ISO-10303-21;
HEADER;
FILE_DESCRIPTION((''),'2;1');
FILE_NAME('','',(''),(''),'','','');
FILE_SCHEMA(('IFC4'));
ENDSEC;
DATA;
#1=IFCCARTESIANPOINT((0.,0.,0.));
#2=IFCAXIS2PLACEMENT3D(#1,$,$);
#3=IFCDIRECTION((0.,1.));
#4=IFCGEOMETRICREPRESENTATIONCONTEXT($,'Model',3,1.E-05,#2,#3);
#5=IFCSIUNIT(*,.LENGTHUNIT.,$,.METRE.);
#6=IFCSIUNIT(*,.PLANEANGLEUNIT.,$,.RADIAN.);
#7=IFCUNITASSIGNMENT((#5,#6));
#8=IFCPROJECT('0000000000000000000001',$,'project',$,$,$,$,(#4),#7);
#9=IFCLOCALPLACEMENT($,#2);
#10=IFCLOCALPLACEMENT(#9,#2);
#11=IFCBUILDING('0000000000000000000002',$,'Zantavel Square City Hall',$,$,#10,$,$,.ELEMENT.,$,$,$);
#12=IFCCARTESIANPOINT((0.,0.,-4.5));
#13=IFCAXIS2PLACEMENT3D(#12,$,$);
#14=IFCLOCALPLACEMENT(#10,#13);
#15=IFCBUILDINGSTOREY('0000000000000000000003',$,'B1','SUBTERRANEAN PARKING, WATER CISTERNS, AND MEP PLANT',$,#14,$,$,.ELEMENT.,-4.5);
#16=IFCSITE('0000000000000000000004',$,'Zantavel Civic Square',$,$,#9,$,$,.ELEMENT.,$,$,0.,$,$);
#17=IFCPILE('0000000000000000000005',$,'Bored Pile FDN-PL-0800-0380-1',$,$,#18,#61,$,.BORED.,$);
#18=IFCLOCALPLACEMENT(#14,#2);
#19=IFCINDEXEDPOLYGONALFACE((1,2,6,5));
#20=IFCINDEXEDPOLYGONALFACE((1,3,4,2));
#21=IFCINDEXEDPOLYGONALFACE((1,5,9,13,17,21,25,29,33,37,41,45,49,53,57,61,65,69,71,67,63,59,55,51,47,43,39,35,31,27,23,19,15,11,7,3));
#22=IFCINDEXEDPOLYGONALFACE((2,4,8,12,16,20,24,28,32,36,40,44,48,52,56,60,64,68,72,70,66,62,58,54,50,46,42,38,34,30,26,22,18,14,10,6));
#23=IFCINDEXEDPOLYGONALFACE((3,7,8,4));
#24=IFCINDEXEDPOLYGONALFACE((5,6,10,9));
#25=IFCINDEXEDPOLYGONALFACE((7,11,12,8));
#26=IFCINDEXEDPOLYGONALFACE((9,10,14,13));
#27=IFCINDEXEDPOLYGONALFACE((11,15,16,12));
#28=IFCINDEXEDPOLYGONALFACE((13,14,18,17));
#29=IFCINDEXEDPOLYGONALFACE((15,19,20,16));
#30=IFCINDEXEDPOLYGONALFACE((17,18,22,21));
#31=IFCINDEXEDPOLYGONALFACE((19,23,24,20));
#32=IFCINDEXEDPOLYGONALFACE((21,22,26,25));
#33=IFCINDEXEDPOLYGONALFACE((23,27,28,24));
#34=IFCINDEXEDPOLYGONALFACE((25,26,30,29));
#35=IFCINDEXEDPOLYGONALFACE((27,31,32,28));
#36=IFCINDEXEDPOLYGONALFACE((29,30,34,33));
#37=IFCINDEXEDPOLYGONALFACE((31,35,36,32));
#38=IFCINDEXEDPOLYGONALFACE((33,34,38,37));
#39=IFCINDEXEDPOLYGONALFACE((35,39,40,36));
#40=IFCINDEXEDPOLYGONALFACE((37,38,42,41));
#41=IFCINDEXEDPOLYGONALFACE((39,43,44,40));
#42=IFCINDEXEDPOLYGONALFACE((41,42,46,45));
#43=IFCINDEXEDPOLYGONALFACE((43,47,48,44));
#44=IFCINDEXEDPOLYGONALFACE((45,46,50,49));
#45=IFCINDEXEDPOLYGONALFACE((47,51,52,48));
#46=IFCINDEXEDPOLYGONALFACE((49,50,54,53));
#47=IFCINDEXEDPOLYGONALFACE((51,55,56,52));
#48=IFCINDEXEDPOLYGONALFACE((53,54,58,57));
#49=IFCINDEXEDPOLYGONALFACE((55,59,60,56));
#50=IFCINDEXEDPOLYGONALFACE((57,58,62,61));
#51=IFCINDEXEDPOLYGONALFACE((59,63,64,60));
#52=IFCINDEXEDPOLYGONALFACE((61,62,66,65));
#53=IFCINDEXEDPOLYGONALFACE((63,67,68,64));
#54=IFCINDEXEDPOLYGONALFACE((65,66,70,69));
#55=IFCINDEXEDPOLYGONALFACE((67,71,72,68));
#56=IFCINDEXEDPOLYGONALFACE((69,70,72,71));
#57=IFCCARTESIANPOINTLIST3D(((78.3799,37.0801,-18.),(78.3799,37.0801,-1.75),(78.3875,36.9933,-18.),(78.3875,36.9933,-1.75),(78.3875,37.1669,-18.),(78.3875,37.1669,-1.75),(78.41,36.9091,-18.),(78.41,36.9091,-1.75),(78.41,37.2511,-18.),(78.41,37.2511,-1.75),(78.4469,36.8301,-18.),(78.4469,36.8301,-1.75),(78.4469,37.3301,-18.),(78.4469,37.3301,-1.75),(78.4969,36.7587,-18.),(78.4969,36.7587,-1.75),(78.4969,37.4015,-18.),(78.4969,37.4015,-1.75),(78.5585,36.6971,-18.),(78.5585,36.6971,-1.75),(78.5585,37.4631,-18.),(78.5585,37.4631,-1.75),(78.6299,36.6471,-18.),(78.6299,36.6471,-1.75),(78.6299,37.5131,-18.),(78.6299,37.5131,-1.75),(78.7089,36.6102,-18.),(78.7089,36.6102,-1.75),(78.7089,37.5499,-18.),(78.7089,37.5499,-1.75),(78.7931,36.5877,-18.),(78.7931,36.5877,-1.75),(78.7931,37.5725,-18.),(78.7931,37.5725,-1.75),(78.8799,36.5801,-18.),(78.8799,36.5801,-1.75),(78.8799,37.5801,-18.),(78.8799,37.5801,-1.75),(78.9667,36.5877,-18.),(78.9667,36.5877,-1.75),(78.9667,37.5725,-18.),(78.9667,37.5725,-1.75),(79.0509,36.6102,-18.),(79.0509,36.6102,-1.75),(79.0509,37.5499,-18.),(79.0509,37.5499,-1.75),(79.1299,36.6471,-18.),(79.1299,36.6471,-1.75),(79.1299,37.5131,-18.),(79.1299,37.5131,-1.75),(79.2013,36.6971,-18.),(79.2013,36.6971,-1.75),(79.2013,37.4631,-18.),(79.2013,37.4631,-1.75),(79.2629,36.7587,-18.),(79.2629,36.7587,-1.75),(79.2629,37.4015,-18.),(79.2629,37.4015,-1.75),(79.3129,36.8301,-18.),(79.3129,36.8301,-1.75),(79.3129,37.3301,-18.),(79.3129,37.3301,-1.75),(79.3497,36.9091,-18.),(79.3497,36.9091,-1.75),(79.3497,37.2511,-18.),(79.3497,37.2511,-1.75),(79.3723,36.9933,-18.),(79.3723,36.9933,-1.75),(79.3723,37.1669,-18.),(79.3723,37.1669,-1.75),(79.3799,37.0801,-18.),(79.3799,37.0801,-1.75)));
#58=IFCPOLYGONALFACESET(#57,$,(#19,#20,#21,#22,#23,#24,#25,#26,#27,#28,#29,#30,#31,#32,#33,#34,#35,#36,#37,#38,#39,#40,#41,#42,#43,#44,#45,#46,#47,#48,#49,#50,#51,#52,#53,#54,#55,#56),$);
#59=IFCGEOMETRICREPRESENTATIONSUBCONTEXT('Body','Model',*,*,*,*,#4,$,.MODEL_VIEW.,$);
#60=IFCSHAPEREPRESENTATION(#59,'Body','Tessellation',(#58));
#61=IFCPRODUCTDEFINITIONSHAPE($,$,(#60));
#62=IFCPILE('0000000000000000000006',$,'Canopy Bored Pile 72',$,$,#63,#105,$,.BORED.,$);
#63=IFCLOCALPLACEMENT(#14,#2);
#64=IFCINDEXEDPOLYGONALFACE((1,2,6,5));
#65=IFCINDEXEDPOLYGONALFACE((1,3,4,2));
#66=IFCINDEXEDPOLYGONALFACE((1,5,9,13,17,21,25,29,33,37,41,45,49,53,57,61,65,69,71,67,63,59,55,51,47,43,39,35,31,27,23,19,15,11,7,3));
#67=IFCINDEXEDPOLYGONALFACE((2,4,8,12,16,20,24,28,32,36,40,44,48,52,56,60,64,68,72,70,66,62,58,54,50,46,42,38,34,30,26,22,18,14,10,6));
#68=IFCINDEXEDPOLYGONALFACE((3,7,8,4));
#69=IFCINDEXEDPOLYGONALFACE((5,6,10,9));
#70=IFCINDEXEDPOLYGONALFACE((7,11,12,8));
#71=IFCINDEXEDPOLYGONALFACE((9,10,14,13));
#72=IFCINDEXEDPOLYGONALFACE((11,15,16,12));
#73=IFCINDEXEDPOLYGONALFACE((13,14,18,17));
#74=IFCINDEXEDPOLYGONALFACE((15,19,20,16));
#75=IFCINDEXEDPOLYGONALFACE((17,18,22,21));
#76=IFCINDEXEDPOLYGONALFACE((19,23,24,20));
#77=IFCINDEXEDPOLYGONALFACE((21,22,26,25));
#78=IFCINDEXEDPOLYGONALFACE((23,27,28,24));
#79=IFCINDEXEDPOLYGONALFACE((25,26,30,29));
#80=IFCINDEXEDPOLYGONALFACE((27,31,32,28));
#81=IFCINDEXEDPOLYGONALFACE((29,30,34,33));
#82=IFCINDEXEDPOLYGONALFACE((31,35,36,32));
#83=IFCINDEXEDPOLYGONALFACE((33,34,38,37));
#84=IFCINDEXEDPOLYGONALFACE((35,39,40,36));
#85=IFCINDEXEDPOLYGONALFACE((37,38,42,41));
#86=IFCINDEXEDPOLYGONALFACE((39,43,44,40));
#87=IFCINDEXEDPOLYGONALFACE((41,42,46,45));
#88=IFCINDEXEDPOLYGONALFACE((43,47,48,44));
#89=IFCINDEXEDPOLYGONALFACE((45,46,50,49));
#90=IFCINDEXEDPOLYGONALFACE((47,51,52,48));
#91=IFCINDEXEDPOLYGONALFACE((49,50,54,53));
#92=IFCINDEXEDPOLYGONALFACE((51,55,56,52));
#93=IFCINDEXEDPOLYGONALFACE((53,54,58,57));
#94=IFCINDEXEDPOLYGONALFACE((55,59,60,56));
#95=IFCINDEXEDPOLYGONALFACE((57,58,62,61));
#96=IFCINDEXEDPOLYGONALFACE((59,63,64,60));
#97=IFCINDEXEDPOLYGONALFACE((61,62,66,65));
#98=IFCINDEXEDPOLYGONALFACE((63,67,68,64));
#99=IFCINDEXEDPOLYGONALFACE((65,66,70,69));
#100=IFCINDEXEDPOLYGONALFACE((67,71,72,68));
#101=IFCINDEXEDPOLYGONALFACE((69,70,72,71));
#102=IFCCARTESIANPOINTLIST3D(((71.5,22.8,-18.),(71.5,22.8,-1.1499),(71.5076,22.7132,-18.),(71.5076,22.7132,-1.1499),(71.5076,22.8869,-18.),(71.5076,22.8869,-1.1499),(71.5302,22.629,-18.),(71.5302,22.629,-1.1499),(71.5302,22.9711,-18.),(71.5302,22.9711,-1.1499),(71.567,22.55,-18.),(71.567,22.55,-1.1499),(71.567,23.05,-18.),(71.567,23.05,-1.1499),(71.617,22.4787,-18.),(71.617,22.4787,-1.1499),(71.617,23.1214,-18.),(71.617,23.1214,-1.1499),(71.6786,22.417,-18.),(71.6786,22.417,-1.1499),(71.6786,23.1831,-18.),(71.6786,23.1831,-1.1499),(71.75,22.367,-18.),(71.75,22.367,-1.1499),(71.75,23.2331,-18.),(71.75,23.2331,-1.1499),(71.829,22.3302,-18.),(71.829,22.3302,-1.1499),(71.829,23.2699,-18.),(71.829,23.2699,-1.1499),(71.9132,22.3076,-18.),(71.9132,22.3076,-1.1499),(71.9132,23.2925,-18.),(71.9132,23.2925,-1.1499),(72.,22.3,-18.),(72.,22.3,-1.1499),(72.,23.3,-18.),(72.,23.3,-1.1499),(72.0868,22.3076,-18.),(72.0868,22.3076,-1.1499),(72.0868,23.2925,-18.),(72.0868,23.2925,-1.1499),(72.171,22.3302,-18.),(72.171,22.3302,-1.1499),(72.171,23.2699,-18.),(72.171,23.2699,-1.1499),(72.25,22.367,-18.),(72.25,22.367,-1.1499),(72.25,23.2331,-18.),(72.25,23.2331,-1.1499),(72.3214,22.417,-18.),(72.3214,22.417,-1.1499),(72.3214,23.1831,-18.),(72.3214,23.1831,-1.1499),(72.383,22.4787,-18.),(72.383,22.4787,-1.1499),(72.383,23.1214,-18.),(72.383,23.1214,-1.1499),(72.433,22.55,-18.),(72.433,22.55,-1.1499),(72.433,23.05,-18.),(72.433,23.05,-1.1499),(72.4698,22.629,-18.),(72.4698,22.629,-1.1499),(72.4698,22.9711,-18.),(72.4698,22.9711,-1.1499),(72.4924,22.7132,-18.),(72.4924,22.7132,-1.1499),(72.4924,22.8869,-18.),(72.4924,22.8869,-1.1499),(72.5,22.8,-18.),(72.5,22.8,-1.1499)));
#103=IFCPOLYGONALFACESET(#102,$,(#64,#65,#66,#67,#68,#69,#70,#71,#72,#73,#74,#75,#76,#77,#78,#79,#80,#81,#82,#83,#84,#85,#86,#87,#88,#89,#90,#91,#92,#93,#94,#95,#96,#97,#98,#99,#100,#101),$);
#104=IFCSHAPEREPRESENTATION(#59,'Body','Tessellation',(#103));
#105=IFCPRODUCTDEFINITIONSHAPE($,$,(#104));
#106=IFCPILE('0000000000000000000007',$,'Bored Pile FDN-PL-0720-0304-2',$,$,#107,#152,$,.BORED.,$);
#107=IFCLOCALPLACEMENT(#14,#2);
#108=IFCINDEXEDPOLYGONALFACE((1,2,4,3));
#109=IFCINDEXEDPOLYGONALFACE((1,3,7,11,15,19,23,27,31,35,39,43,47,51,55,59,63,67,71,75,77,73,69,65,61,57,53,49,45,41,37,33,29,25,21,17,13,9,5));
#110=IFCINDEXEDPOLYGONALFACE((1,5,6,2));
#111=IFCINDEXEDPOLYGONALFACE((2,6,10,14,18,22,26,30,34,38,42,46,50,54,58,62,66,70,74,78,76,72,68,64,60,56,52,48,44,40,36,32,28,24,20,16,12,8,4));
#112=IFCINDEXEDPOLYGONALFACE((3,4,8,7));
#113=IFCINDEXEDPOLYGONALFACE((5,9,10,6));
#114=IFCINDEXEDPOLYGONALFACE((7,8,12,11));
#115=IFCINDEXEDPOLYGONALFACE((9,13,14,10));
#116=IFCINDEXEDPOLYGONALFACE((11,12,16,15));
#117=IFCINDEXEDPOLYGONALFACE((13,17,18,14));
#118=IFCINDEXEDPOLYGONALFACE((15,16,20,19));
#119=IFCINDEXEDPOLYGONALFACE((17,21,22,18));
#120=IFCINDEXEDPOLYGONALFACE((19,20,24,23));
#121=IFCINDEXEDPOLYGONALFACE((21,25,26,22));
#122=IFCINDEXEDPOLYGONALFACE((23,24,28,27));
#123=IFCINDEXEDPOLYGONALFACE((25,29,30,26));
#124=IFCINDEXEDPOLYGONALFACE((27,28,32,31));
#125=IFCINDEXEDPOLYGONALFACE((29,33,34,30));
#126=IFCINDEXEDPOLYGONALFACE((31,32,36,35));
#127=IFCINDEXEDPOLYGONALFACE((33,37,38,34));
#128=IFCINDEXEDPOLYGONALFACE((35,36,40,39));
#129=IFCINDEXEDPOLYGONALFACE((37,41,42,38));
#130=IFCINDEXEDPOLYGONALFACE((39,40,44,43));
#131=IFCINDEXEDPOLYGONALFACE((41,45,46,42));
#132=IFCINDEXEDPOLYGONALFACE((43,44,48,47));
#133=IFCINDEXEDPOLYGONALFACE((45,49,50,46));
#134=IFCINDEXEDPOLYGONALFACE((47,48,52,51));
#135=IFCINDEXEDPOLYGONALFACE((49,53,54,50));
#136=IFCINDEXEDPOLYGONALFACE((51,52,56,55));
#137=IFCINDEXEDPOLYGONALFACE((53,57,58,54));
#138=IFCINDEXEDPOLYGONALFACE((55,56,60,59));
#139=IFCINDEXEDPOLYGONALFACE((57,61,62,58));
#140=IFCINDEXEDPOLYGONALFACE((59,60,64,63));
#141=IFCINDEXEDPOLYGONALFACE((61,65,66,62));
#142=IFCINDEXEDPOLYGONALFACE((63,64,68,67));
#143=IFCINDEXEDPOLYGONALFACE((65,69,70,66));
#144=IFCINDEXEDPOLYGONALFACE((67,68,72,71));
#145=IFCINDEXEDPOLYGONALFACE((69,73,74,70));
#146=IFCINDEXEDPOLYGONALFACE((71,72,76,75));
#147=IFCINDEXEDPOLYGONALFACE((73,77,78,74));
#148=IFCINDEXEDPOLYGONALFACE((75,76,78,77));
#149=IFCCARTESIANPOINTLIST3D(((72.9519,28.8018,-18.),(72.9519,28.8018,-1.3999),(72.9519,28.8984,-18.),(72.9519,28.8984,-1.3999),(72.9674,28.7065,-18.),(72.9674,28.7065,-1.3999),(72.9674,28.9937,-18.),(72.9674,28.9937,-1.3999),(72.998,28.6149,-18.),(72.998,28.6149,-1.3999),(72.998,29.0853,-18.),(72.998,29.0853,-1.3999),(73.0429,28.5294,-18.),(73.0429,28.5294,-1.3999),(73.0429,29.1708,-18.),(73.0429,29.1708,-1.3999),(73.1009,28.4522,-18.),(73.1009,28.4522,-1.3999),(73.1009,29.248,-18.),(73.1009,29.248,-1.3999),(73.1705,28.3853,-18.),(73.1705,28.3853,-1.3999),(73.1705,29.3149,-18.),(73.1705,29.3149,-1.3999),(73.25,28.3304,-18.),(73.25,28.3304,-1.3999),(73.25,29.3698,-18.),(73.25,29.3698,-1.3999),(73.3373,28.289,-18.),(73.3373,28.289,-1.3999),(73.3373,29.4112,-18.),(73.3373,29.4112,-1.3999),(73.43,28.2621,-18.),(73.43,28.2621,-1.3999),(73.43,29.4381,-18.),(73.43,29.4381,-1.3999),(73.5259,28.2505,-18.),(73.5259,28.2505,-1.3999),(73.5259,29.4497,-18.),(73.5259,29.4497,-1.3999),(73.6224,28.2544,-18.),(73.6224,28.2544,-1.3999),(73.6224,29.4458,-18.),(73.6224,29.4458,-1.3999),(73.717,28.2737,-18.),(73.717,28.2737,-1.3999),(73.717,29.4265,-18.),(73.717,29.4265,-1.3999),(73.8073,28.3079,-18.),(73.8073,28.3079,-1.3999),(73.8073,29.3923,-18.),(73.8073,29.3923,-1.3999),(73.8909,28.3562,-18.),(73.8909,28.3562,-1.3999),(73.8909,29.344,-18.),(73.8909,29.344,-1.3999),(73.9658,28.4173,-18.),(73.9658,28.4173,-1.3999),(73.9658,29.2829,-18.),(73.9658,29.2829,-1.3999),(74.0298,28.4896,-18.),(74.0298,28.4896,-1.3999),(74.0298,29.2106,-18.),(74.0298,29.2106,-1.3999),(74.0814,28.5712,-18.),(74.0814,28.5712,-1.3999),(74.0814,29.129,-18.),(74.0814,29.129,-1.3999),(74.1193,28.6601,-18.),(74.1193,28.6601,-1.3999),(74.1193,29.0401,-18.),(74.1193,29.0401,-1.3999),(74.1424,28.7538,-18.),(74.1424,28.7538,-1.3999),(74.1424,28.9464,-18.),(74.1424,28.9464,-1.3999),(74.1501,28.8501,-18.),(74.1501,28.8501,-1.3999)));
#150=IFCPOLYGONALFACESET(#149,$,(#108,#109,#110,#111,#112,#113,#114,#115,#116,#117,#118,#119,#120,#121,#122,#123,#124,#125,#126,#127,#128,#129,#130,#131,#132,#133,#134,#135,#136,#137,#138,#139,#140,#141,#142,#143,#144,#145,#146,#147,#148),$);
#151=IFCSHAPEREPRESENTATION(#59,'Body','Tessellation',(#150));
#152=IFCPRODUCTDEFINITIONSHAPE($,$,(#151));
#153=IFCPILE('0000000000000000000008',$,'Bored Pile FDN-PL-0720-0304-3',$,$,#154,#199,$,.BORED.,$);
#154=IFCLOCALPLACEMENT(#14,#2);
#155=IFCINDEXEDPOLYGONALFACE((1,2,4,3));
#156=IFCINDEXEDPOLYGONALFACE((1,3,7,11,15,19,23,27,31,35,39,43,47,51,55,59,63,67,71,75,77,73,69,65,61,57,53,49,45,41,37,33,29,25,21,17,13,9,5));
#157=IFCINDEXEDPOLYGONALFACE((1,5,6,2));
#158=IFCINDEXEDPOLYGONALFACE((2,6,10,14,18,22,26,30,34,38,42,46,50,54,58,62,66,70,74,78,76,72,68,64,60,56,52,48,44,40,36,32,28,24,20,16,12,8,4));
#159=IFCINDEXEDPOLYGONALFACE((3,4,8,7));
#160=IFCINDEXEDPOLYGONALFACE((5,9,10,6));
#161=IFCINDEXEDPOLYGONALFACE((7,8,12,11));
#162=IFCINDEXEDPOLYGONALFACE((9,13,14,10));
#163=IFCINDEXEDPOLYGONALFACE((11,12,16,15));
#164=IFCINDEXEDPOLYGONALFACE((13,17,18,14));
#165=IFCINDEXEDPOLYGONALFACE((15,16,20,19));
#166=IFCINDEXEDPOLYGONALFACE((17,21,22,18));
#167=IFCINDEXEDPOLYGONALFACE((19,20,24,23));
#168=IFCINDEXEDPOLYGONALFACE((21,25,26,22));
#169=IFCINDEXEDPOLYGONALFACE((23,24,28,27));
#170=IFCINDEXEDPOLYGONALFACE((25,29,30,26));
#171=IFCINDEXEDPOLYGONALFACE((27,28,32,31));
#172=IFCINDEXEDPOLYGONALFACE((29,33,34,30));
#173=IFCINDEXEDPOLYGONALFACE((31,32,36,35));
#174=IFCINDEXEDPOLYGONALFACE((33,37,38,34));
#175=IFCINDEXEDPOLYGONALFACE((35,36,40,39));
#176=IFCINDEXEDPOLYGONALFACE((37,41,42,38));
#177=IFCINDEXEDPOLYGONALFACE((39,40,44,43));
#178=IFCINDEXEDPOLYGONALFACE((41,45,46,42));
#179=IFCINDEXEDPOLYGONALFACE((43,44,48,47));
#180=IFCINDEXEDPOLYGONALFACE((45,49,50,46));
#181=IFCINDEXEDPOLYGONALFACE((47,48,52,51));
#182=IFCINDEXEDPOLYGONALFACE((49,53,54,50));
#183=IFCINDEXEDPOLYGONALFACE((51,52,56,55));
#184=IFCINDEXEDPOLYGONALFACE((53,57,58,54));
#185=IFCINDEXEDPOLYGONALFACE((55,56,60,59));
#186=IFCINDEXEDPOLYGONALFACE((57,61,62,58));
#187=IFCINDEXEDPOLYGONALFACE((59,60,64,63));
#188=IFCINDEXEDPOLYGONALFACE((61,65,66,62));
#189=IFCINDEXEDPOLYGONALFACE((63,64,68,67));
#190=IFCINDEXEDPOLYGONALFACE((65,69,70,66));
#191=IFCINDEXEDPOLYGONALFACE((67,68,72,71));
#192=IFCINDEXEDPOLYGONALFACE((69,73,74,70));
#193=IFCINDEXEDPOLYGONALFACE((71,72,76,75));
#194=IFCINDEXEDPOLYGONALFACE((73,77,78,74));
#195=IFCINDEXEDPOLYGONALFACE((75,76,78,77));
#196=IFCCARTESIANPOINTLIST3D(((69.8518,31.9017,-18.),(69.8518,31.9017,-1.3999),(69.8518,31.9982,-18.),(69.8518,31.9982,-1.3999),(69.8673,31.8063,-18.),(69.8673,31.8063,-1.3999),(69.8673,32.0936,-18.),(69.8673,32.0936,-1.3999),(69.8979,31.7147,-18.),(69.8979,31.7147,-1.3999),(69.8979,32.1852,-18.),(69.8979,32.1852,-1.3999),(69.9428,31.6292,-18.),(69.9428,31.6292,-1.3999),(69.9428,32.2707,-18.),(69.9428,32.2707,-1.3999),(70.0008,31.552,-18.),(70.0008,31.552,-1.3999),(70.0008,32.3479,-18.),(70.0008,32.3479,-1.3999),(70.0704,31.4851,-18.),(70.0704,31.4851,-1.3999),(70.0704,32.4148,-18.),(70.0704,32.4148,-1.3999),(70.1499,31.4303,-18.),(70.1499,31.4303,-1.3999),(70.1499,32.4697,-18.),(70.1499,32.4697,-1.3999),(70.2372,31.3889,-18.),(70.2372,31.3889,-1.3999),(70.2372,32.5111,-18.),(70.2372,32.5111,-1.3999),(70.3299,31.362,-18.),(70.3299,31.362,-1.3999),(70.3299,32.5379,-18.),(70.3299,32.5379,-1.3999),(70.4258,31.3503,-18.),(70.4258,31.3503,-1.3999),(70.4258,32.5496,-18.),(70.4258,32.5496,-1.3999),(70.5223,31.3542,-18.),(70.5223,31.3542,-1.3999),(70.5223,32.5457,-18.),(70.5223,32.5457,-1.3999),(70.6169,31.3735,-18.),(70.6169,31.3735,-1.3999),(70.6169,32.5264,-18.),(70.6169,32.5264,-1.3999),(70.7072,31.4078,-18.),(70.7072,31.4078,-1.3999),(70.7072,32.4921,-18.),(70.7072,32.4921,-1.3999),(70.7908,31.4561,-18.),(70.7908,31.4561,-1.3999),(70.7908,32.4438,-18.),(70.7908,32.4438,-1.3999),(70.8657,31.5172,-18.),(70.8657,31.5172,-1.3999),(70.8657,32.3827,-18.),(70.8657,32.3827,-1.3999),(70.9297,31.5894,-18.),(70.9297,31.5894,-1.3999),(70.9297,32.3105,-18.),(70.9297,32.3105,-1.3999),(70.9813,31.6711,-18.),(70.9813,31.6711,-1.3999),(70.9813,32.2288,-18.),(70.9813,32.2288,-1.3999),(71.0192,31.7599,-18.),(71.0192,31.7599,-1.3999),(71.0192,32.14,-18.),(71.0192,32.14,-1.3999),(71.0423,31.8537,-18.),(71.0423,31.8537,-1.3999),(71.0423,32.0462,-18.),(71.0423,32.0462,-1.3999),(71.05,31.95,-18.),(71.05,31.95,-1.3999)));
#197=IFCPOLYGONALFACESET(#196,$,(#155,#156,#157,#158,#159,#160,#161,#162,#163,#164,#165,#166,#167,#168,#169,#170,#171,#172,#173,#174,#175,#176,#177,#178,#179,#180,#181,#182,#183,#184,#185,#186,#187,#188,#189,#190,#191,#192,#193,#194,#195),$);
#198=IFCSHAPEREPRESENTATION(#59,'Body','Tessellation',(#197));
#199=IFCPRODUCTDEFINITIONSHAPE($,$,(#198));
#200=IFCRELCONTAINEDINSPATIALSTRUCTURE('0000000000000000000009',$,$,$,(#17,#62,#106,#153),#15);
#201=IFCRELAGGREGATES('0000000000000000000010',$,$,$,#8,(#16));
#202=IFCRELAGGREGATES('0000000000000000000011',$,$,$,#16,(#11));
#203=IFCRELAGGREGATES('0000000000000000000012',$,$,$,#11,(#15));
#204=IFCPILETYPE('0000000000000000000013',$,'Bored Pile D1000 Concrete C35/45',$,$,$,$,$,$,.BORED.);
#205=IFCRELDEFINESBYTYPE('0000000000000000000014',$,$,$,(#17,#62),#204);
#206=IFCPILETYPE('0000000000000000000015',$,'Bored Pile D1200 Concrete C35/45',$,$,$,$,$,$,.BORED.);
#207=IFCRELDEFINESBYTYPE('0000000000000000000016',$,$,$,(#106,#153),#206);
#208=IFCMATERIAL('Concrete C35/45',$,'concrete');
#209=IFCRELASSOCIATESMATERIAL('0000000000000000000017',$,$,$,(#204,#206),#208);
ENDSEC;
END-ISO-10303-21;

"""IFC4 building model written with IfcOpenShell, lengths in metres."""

from ifc_helpers import new_model, si_unit, direction, frame, origin, origin_2d, place, context, subcontext, project, spatial, circle, extrude, material, material_profile, profile_set, type_object, element, save


model = new_model("IFC4")

# Units and contexts
model_context = context("Model", 3, precision=1e-05, world=origin(), true_north=direction((0.0, 1.0)))
body_context = subcontext(model_context, "Body", "Model", "MODEL_VIEW")
ifc_project = project(units=[si_unit("LENGTHUNIT", "METRE"), si_unit("PLANEANGLEUNIT", "RADIAN")], contexts=[model_context])

# Site, building, storey
site_placement = place(None, origin())
site = spatial("IfcSite", under=ifc_project, at=site_placement, Name="Zantavel Civic Square", CompositionType="ELEMENT", RefElevation=0.0)
building_placement = place(site_placement, origin())
building = spatial("IfcBuilding", under=site, at=building_placement, Name="Zantavel Square City Hall", CompositionType="ELEMENT")
storey_placement = place(building_placement, frame((0.0, 0.0, -4.5)))
storey = spatial("IfcBuildingStorey", under=building, at=storey_placement, Name="B1", Description="SUBTERRANEAN PARKING, WATER CISTERNS, AND MEP PLANT", CompositionType="ELEMENT", Elevation=-4.5)

# Piles
ifc_material_1 = material(Name="Concrete C35/45", Category="concrete")
ifc_material_profile_1 = material_profile(ifc_material_1, circle(Radius=0.5, at=origin_2d()), Name="PILE D1000")
ifc_profile_set_1 = profile_set([ifc_material_profile_1], Name="Concrete C35/45")
pile_type_1 = type_object("IfcPileType", Name="Bored Pile D1000 Concrete C35/45", PredefinedType="BORED", material=ifc_profile_set_1)
pile_1_placement = place(storey_placement, frame((78.8799, 37.0801, -1.75), z_axis=(0.0, 0.0, -1.0), x_axis=(1.0, 0.0, 0.0)))
element("IfcPile", 1, at=pile_1_placement, inside=storey, type_object=pile_type_1, Name="Bored Pile FDN-PL-0800-0380-1", PredefinedType="BORED", context=body_context, shape_type="SweptSolid", body=[
    extrude(circle(Radius=0.5, at=origin_2d()), origin(), (0.0, 0.0, 1.0), 16.25),
])
pile_2_placement = place(storey_placement, frame((72.0, 22.8, -1.1499), z_axis=(0.0, 0.0, -1.0), x_axis=(1.0, 0.0, 0.0)))
element("IfcPile", 2, at=pile_2_placement, inside=storey, type_object=pile_type_1, Name="Canopy Bored Pile 72", PredefinedType="BORED", context=body_context, shape_type="SweptSolid", body=[
    extrude(circle(Radius=0.5, at=origin_2d()), origin(), (0.0, 0.0, 1.0), 16.8501),
])
ifc_material_profile_2 = material_profile(ifc_material_1, circle(Radius=0.6001, at=origin_2d()), Name="PILE D1200")
ifc_profile_set_2 = profile_set([ifc_material_profile_2], Name="Concrete C35/45")
pile_type_2 = type_object("IfcPileType", Name="Bored Pile D1200 Concrete C35/45", PredefinedType="BORED", material=ifc_profile_set_2)
for number, where, z_axis, x_axis, name in (
    (3, (73.55, 28.8501, -1.3999), (0.0, 0.0, -1.0), (1.0, 0.0, 0.0), "Bored Pile FDN-PL-0720-0304-2"),
    (4, (70.45, 31.95, -1.3999), (0.0, 0.0, -1.0), (1.0, 0.0, 0.0), "Bored Pile FDN-PL-0720-0304-3"),
):
    element("IfcPile", number, at=place(storey_placement, frame(where, z_axis=z_axis, x_axis=x_axis)), inside=storey, type_object=pile_type_2, Name=name, PredefinedType="BORED", context=body_context, shape_type="SweptSolid", body=[
        extrude(circle(Radius=0.6001, at=origin_2d()), origin(), (0.0, 0.0, 1.0), 16.6001),
    ])

save(model, "model.ifc")
